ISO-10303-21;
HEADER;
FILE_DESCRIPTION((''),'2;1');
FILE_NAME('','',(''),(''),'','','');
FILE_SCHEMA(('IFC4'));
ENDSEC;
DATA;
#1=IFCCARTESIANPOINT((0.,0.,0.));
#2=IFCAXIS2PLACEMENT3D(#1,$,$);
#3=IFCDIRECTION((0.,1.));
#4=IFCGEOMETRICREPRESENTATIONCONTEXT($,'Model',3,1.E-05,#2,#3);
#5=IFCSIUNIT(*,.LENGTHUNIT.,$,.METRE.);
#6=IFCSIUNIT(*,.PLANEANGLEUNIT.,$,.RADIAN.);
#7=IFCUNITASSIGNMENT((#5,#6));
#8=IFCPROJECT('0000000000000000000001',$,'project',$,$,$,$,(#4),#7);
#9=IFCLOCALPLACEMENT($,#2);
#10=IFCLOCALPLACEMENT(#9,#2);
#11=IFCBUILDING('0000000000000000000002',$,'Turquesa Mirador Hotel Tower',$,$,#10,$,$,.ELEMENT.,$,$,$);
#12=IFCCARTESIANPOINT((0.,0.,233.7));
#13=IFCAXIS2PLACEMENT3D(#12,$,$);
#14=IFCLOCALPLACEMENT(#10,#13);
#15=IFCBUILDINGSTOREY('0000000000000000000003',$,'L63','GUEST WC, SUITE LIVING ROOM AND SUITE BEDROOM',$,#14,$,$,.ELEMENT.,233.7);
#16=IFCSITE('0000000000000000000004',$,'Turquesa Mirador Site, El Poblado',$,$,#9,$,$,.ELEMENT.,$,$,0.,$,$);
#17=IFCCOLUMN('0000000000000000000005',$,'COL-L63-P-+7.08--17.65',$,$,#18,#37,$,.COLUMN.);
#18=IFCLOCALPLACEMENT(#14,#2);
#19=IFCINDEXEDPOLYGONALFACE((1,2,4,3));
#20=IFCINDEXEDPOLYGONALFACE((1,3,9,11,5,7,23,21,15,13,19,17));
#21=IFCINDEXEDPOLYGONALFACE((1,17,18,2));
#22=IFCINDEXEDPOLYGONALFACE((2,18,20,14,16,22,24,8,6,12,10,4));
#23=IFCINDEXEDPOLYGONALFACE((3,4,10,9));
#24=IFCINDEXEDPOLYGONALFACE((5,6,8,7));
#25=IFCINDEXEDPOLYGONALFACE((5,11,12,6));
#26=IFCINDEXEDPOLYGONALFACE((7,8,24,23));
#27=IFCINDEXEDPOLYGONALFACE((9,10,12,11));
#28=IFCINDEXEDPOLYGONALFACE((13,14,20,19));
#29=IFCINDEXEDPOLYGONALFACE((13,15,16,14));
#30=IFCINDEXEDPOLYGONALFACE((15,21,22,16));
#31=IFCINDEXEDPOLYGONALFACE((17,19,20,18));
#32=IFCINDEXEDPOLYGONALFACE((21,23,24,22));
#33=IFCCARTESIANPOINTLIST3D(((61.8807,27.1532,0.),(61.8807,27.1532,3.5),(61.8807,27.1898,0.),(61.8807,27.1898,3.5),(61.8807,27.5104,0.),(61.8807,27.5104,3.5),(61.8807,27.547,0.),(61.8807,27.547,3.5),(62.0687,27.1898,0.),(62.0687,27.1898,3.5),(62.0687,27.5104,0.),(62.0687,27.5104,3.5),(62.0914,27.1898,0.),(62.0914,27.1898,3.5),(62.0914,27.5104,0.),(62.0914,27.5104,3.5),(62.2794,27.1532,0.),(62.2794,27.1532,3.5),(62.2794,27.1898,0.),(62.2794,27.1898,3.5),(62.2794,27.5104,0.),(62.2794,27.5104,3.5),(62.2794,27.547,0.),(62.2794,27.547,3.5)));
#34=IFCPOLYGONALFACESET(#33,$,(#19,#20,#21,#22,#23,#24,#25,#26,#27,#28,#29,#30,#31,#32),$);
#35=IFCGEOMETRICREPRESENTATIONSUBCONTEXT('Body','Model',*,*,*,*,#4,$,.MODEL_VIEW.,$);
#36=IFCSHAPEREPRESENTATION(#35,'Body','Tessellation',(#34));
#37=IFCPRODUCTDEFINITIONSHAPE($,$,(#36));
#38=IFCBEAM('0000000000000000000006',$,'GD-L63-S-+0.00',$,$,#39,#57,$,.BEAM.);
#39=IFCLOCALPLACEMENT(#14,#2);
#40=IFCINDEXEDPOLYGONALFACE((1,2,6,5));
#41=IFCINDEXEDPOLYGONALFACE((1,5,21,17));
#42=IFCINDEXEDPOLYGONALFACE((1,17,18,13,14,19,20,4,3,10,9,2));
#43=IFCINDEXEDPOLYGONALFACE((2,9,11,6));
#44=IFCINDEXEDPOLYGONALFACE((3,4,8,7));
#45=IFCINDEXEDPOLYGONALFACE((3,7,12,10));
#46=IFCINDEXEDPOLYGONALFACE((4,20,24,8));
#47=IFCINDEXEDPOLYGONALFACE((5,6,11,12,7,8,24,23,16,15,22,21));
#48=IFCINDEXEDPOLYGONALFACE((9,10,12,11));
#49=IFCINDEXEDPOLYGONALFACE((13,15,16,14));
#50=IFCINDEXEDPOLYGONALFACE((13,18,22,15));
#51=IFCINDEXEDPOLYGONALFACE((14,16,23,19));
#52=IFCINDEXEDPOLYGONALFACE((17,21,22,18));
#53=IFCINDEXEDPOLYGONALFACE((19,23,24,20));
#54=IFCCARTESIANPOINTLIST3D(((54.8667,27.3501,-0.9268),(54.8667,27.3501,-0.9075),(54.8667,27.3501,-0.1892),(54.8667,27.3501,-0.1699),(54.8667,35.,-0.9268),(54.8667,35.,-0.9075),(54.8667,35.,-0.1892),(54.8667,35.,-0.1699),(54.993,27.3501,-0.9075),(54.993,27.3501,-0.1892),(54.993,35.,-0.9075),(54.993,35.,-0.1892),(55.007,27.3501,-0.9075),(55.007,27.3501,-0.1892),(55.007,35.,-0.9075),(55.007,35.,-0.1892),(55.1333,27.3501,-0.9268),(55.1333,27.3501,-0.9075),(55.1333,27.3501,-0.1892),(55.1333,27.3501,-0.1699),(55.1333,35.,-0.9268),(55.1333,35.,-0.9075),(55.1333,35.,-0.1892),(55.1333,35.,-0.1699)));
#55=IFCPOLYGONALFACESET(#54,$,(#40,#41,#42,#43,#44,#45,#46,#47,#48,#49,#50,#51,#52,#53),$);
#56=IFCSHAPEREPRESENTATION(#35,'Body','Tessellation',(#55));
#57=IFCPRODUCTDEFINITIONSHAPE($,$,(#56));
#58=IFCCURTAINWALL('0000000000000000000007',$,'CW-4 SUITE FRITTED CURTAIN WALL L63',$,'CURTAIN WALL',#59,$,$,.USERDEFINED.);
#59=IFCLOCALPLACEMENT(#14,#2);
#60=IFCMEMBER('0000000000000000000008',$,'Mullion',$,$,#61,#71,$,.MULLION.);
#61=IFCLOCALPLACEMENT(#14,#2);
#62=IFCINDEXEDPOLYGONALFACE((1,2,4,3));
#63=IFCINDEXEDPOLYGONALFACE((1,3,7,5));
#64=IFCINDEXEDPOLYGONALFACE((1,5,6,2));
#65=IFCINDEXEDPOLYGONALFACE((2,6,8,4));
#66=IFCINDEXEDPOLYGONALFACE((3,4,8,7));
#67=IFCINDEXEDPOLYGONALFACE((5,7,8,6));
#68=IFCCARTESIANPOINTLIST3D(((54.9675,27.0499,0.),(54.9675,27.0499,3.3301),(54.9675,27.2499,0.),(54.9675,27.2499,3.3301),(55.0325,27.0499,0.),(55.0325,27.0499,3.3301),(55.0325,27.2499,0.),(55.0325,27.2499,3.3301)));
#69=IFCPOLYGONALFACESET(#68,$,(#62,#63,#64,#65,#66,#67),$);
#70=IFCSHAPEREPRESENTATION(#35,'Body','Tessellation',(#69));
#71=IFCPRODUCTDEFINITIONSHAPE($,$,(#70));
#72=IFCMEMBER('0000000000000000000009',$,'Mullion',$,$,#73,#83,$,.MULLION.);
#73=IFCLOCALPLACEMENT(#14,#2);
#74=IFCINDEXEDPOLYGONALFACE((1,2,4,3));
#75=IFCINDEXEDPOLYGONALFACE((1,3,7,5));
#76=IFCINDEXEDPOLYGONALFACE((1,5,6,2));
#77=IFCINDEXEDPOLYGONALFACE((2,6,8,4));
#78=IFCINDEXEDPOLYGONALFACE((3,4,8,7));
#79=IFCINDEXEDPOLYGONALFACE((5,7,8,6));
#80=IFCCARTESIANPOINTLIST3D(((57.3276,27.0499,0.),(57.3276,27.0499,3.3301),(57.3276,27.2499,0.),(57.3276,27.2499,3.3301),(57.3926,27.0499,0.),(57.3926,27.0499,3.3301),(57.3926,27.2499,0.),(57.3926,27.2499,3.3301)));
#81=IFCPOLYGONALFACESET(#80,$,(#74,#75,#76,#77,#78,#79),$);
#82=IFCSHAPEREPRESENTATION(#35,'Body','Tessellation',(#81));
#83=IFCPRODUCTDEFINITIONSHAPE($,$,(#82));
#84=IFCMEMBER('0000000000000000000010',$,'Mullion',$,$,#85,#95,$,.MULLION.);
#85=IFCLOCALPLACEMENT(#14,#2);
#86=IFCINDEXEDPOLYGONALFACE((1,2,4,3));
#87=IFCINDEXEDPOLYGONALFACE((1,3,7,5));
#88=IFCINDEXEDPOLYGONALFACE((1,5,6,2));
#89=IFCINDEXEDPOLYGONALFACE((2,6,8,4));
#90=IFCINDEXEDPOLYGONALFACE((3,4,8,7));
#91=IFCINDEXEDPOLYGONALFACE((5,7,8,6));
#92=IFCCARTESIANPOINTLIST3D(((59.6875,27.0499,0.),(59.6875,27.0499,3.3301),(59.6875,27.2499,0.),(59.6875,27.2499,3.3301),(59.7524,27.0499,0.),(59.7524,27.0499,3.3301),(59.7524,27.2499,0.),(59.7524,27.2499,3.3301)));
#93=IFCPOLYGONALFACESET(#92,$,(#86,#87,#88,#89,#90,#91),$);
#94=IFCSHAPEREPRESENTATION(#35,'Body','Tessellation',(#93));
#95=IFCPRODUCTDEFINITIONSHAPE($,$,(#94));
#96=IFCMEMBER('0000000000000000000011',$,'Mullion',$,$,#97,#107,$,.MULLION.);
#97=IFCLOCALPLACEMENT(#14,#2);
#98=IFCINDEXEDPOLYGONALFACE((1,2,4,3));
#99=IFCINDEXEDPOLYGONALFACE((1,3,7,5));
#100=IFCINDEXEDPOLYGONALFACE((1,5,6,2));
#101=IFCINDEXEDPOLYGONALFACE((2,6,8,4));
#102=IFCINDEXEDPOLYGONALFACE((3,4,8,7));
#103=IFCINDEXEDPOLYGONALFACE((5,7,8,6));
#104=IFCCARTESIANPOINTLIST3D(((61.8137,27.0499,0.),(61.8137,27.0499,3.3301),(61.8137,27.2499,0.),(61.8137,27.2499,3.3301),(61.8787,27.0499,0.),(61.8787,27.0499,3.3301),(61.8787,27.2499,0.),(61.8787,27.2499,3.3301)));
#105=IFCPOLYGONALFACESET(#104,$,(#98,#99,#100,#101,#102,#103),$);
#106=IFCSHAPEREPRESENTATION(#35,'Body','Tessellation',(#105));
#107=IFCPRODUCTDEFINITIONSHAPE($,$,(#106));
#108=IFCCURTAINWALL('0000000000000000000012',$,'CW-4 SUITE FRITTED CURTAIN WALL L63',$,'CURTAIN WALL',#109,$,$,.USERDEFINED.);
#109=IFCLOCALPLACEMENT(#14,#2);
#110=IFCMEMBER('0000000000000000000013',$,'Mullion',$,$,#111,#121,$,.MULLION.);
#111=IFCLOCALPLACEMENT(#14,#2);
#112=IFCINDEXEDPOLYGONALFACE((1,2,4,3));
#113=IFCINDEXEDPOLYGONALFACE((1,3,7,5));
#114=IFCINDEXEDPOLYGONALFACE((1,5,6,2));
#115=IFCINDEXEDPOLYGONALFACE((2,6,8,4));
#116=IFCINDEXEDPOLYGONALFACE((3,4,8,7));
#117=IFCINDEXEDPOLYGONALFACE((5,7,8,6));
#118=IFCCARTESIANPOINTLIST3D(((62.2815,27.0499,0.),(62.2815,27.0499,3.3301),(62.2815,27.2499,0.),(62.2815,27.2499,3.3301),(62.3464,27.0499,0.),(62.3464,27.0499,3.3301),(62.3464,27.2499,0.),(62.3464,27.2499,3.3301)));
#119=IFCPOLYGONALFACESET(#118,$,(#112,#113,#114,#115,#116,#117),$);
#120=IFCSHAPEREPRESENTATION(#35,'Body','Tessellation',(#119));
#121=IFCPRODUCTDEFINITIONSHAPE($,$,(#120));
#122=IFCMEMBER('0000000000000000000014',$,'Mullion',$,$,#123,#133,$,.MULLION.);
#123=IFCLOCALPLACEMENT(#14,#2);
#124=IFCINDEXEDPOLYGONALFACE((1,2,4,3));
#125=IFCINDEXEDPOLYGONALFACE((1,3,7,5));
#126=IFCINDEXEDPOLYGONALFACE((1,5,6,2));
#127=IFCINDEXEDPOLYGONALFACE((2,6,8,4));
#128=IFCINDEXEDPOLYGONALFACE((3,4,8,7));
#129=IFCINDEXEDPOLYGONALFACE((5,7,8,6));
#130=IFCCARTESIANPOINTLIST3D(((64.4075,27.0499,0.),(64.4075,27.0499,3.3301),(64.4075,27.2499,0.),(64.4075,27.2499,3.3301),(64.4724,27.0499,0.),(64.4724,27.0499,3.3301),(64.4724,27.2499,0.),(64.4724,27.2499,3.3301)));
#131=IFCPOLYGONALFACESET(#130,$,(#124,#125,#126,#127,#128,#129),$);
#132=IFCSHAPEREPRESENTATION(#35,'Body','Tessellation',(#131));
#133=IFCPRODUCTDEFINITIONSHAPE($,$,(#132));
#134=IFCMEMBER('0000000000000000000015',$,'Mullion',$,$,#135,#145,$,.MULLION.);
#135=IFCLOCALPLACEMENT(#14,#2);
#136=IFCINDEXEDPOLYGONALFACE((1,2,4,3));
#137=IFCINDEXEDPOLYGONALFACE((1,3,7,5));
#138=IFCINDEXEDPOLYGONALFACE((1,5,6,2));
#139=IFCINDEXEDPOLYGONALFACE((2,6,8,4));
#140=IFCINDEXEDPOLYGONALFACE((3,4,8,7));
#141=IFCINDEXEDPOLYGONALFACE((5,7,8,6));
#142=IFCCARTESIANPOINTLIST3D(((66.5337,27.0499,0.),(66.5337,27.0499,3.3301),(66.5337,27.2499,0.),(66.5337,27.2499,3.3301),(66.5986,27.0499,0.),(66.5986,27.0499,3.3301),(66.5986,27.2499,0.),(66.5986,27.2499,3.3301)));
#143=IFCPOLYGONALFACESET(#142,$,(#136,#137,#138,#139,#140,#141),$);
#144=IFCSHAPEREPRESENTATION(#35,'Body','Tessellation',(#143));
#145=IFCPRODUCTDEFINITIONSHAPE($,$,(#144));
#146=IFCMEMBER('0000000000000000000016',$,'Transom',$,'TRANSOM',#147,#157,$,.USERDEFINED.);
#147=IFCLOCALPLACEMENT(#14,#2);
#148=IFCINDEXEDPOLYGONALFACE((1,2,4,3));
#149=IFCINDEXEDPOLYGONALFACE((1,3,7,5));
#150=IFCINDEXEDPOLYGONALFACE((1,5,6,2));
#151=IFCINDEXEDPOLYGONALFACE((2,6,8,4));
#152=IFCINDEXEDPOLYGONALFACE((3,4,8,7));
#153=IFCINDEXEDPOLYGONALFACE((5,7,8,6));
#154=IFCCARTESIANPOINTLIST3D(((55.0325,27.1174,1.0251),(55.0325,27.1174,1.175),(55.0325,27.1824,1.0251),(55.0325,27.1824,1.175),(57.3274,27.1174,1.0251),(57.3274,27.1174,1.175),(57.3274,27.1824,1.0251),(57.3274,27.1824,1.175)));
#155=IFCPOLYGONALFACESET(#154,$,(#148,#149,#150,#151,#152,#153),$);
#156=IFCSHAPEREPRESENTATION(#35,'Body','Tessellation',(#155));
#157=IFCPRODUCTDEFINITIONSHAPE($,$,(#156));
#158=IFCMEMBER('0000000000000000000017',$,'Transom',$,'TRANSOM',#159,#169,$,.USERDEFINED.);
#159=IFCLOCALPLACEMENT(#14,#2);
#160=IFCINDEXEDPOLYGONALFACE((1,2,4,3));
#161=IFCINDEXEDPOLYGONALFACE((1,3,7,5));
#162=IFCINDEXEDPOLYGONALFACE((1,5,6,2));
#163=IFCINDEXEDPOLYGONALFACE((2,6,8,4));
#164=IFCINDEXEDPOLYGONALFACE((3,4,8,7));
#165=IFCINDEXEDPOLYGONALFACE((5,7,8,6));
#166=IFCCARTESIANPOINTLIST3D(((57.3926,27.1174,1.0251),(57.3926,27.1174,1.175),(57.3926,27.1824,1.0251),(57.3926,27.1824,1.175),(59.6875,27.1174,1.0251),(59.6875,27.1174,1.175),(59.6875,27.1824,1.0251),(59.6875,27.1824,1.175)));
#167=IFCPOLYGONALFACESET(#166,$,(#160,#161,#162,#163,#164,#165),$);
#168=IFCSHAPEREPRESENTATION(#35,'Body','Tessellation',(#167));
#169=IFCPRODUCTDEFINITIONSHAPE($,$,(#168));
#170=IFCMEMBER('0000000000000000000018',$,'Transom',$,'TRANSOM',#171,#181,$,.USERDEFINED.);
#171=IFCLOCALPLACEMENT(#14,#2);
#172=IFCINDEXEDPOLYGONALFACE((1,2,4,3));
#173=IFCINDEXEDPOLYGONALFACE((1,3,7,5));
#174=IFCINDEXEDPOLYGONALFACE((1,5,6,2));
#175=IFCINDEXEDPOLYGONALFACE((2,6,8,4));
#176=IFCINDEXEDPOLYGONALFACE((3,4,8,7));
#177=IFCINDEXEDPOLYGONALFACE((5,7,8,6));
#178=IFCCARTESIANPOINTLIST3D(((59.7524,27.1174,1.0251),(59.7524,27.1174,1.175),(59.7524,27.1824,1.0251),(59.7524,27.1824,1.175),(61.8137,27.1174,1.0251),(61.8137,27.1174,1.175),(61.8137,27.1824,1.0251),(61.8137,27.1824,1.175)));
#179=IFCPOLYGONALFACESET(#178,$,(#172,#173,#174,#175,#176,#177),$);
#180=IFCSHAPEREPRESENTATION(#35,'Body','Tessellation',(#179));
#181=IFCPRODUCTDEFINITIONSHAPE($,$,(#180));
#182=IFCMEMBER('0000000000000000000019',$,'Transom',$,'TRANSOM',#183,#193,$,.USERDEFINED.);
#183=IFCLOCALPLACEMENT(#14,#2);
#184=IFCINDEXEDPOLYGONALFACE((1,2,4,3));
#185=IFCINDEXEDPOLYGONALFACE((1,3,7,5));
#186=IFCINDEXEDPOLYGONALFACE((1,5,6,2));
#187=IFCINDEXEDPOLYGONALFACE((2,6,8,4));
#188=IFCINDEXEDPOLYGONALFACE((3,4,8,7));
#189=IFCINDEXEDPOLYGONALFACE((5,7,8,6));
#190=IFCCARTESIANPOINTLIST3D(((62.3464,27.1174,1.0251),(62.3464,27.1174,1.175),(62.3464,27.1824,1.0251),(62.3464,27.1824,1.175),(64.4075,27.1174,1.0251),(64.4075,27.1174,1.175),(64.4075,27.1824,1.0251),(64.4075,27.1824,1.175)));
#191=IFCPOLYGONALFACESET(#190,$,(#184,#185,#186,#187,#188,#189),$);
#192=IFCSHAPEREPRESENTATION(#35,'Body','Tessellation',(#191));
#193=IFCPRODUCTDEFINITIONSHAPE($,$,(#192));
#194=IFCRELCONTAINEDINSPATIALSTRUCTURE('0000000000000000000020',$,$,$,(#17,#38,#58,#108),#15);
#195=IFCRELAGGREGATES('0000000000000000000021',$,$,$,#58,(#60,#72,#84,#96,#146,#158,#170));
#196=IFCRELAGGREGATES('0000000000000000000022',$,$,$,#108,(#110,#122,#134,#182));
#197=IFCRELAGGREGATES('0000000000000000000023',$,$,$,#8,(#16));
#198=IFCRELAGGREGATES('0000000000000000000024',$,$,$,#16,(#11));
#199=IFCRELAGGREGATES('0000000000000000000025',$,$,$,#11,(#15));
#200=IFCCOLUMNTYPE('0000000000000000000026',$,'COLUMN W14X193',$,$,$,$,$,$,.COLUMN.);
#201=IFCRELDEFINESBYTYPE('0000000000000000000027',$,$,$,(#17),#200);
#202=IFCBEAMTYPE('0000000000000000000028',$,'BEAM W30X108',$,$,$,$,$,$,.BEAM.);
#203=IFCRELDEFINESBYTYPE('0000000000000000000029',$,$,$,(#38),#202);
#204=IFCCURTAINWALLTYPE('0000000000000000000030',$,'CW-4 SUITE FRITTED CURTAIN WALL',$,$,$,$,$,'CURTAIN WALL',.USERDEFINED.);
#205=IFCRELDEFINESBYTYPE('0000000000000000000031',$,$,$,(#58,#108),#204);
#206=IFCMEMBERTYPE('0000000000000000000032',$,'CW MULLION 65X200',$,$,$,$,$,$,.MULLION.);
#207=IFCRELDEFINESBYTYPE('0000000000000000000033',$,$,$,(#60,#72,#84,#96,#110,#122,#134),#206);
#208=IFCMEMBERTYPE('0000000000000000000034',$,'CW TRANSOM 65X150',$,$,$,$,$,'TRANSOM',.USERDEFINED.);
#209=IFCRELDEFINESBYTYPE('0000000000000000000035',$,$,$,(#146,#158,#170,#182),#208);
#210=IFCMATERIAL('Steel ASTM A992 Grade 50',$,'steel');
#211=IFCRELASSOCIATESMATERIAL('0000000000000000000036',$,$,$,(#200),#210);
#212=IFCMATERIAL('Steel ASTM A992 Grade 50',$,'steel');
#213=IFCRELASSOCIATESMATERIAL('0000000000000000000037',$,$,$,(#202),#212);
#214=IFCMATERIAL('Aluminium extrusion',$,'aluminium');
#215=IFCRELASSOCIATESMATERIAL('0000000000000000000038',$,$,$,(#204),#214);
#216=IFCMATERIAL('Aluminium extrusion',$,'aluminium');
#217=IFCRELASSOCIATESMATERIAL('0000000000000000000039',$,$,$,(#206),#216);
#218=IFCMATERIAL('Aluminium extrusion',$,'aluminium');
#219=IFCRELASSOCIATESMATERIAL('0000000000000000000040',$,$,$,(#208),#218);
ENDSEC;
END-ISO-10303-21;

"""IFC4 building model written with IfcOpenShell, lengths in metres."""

from ifc_helpers import new_model, si_unit, direction, frame, origin, origin_2d, place, context, subcontext, project, spatial, rectangle, i_section, extrude, material, material_profile, profile_set, type_object, element, aggregate, save


model = new_model("IFC4")

# Units and contexts
model_context = context("Model", 3, precision=1e-05, world=origin(), true_north=direction((0.0, 1.0)))
body_context = subcontext(model_context, "Body", "Model", "MODEL_VIEW")
ifc_project = project(units=[si_unit("LENGTHUNIT", "METRE"), si_unit("PLANEANGLEUNIT", "RADIAN")], contexts=[model_context])

# Site, building, storey
site_placement = place(None, origin())
site = spatial("IfcSite", under=ifc_project, at=site_placement, Name="Turquesa Mirador Site, El Poblado", CompositionType="ELEMENT", RefElevation=0.0)
building_placement = place(site_placement, origin())
building = spatial("IfcBuilding", under=site, at=building_placement, Name="Turquesa Mirador Hotel Tower", CompositionType="ELEMENT")
storey_placement = place(building_placement, frame((0.0, 0.0, 233.7)))
storey = spatial("IfcBuildingStorey", under=building, at=storey_placement, Name="L63", Description="GUEST WC, SUITE LIVING ROOM AND SUITE BEDROOM", CompositionType="ELEMENT", Elevation=233.7)

# Column
ifc_material_1 = material(Name="Steel ASTM A992 Grade 50", Category="steel")
ifc_material_profile_1 = material_profile(ifc_material_1, i_section(OverallWidth=0.3987, OverallDepth=0.3938, WebThickness=0.0227, FlangeThickness=0.0366, at=origin_2d()), Name="W14X193")
ifc_profile_set_1 = profile_set([ifc_material_profile_1], Name="Steel ASTM A992 Grade 50")
column_type = type_object("IfcColumnType", Name="COLUMN W14X193", PredefinedType="COLUMN", material=ifc_profile_set_1)
column_placement = place(storey_placement, frame((62.0801, 27.3501, 0.0), z_axis=(0.0, 0.0, 1.0), x_axis=(1.0, 0.0, 0.0)))
element("IfcColumn", 1, at=column_placement, inside=storey, type_object=column_type, Name="COL-L63-P-+7.08--17.65", PredefinedType="COLUMN", context=body_context, shape_type="SweptSolid", body=[
    extrude(i_section(OverallWidth=0.3987, OverallDepth=0.3938, WebThickness=0.0227, FlangeThickness=0.0366, at=origin_2d()), origin(), (0.0, 0.0, 1.0), 3.5),
])

# Beam
ifc_material_2 = material(Name="Steel ASTM A992 Grade 50", Category="steel")
ifc_material_profile_2 = material_profile(ifc_material_2, i_section(OverallWidth=0.2666, OverallDepth=0.7568, WebThickness=0.0139, FlangeThickness=0.0193, at=origin_2d()), Name="W30X108")
ifc_profile_set_2 = profile_set([ifc_material_profile_2], Name="Steel ASTM A992 Grade 50")
beam_type = type_object("IfcBeamType", Name="BEAM W30X108", PredefinedType="BEAM", material=ifc_profile_set_2)
beam_placement = place(storey_placement, frame((55.0, 27.3501, -0.5483), z_axis=(0.0, 1.0, 0.0), x_axis=(-1.0, 0.0, 0.0)))
element("IfcBeam", 2, at=beam_placement, inside=storey, type_object=beam_type, Name="GD-L63-S-+0.00", PredefinedType="BEAM", context=body_context, shape_type="SweptSolid", body=[
    extrude(i_section(OverallWidth=0.2666, OverallDepth=0.7568, WebThickness=0.0139, FlangeThickness=0.0193, at=origin_2d()), origin(), (0.0, 0.0, 1.0), 7.6499),
])

# Curtain walls, members
ifc_material_3 = material(Name="Aluminium extrusion", Category="aluminium")
curtain_wall_type = type_object("IfcCurtainWallType", Name="CW-4 SUITE FRITTED CURTAIN WALL", ElementType="CURTAIN WALL", PredefinedType="USERDEFINED", material=ifc_material_3)
curtain_wall_1_placement = place(storey_placement, origin())
curtain_wall_1 = element("IfcCurtainWall", 3, at=curtain_wall_1_placement, inside=storey, type_object=curtain_wall_type, Name="CW-4 SUITE FRITTED CURTAIN WALL L63", ObjectType="CURTAIN WALL", PredefinedType="USERDEFINED")
ifc_material_4 = material(Name="Aluminium extrusion", Category="aluminium")
ifc_material_profile_3 = material_profile(ifc_material_4, rectangle(XDim=0.0649, YDim=0.2, at=origin_2d()), Name="MULLION 65X200")
ifc_profile_set_3 = profile_set([ifc_material_profile_3], Name="Aluminium extrusion")
member_type_1 = type_object("IfcMemberType", Name="CW MULLION 65X200", PredefinedType="MULLION", material=ifc_profile_set_3)
member_1_placement = place(storey_placement, frame((55.0, 27.1499, 0.0), z_axis=(0.0, 0.0, 1.0), x_axis=(1.0, 0.0, 0.0)))
member_1 = element("IfcMember", 4, at=member_1_placement, type_object=member_type_1, Name="Mullion", PredefinedType="MULLION", context=body_context, shape_type="SweptSolid", body=[
    extrude(rectangle(XDim=0.0649, YDim=0.2, at=origin_2d()), origin(), (0.0, 0.0, 1.0), 3.3301),
])
member_2_placement = place(storey_placement, frame((57.3601, 27.1499, 0.0), z_axis=(0.0, 0.0, 1.0), x_axis=(1.0, 0.0, 0.0)))
member_2 = element("IfcMember", 5, at=member_2_placement, type_object=member_type_1, Name="Mullion", PredefinedType="MULLION", context=body_context, shape_type="SweptSolid", body=[
    extrude(rectangle(XDim=0.0649, YDim=0.2, at=origin_2d()), origin(), (0.0, 0.0, 1.0), 3.3301),
])
member_3_placement = place(storey_placement, frame((59.72, 27.1499, 0.0), z_axis=(0.0, 0.0, 1.0), x_axis=(1.0, 0.0, 0.0)))
member_3 = element("IfcMember", 6, at=member_3_placement, type_object=member_type_1, Name="Mullion", PredefinedType="MULLION", context=body_context, shape_type="SweptSolid", body=[
    extrude(rectangle(XDim=0.0649, YDim=0.2, at=origin_2d()), origin(), (0.0, 0.0, 1.0), 3.3301),
])
member_4_placement = place(storey_placement, frame((61.8462, 27.1499, 0.0), z_axis=(0.0, 0.0, 1.0), x_axis=(1.0, 0.0, 0.0)))
member_4 = element("IfcMember", 7, at=member_4_placement, type_object=member_type_1, Name="Mullion", PredefinedType="MULLION", context=body_context, shape_type="SweptSolid", body=[
    extrude(rectangle(XDim=0.0649, YDim=0.2, at=origin_2d()), origin(), (0.0, 0.0, 1.0), 3.3301),
])
curtain_wall_2_placement = place(storey_placement, origin())
curtain_wall_2 = element("IfcCurtainWall", 8, at=curtain_wall_2_placement, inside=storey, type_object=curtain_wall_type, Name="CW-4 SUITE FRITTED CURTAIN WALL L63", ObjectType="CURTAIN WALL", PredefinedType="USERDEFINED")
member_5_placement = place(storey_placement, frame((62.314, 27.1499, 0.0), z_axis=(0.0, 0.0, 1.0), x_axis=(1.0, 0.0, 0.0)))
member_5 = element("IfcMember", 9, at=member_5_placement, type_object=member_type_1, Name="Mullion", PredefinedType="MULLION", context=body_context, shape_type="SweptSolid", body=[
    extrude(rectangle(XDim=0.0649, YDim=0.2, at=origin_2d()), origin(), (0.0, 0.0, 1.0), 3.3301),
])
member_6_placement = place(storey_placement, frame((64.4399, 27.1499, 0.0), z_axis=(0.0, 0.0, 1.0), x_axis=(1.0, 0.0, 0.0)))
member_6 = element("IfcMember", 10, at=member_6_placement, type_object=member_type_1, Name="Mullion", PredefinedType="MULLION", context=body_context, shape_type="SweptSolid", body=[
    extrude(rectangle(XDim=0.0649, YDim=0.2, at=origin_2d()), origin(), (0.0, 0.0, 1.0), 3.3301),
])
member_7_placement = place(storey_placement, frame((66.5662, 27.1499, 0.0), z_axis=(0.0, 0.0, 1.0), x_axis=(1.0, 0.0, 0.0)))
member_7 = element("IfcMember", 11, at=member_7_placement, type_object=member_type_1, Name="Mullion", PredefinedType="MULLION", context=body_context, shape_type="SweptSolid", body=[
    extrude(rectangle(XDim=0.0649, YDim=0.2, at=origin_2d()), origin(), (0.0, 0.0, 1.0), 3.3301),
])

# Members
ifc_material_5 = material(Name="Aluminium extrusion", Category="aluminium")
ifc_material_profile_4 = material_profile(ifc_material_5, rectangle(XDim=0.0649, YDim=0.1499, at=origin_2d()), Name="TRANSOM 65X150")
ifc_profile_set_4 = profile_set([ifc_material_profile_4], Name="Aluminium extrusion")
member_type_2 = type_object("IfcMemberType", Name="CW TRANSOM 65X150", ElementType="TRANSOM", PredefinedType="USERDEFINED", material=ifc_profile_set_4)
member_8_placement = place(storey_placement, frame((55.0325, 27.1499, 1.1001), z_axis=(1.0, 0.0, 0.0), x_axis=(0.0, 1.0, 0.0)))
member_8 = element("IfcMember", 12, at=member_8_placement, type_object=member_type_2, Name="Transom", ObjectType="TRANSOM", PredefinedType="USERDEFINED", context=body_context, shape_type="SweptSolid", body=[
    extrude(rectangle(XDim=0.0649, YDim=0.1499, at=origin_2d()), origin(), (0.0, 0.0, 1.0), 2.2949),
])
member_9_placement = place(storey_placement, frame((57.3926, 27.1499, 1.1001), z_axis=(1.0, 0.0, 0.0), x_axis=(0.0, 1.0, 0.0)))
member_9 = element("IfcMember", 13, at=member_9_placement, type_object=member_type_2, Name="Transom", ObjectType="TRANSOM", PredefinedType="USERDEFINED", context=body_context, shape_type="SweptSolid", body=[
    extrude(rectangle(XDim=0.0649, YDim=0.1499, at=origin_2d()), origin(), (0.0, 0.0, 1.0), 2.2949),
])
member_10_placement = place(storey_placement, frame((59.7524, 27.1499, 1.1001), z_axis=(1.0, 0.0, 0.0), x_axis=(0.0, 1.0, 0.0)))
member_10 = element("IfcMember", 14, at=member_10_placement, type_object=member_type_2, Name="Transom", ObjectType="TRANSOM", PredefinedType="USERDEFINED", context=body_context, shape_type="SweptSolid", body=[
    extrude(rectangle(XDim=0.0649, YDim=0.1499, at=origin_2d()), origin(), (0.0, 0.0, 1.0), 2.0613),
])
member_11_placement = place(storey_placement, frame((62.3464, 27.1499, 1.1001), z_axis=(1.0, 0.0, 0.0), x_axis=(0.0, 1.0, 0.0)))
member_11 = element("IfcMember", 15, at=member_11_placement, type_object=member_type_2, Name="Transom", ObjectType="TRANSOM", PredefinedType="USERDEFINED", context=body_context, shape_type="SweptSolid", body=[
    extrude(rectangle(XDim=0.0649, YDim=0.1499, at=origin_2d()), origin(), (0.0, 0.0, 1.0), 2.061),
])

aggregate(curtain_wall_1, [member_1, member_2, member_3, member_4, member_8, member_9, member_10])
aggregate(curtain_wall_2, [member_5, member_6, member_7, member_11])

save(model, "model.ifc")
